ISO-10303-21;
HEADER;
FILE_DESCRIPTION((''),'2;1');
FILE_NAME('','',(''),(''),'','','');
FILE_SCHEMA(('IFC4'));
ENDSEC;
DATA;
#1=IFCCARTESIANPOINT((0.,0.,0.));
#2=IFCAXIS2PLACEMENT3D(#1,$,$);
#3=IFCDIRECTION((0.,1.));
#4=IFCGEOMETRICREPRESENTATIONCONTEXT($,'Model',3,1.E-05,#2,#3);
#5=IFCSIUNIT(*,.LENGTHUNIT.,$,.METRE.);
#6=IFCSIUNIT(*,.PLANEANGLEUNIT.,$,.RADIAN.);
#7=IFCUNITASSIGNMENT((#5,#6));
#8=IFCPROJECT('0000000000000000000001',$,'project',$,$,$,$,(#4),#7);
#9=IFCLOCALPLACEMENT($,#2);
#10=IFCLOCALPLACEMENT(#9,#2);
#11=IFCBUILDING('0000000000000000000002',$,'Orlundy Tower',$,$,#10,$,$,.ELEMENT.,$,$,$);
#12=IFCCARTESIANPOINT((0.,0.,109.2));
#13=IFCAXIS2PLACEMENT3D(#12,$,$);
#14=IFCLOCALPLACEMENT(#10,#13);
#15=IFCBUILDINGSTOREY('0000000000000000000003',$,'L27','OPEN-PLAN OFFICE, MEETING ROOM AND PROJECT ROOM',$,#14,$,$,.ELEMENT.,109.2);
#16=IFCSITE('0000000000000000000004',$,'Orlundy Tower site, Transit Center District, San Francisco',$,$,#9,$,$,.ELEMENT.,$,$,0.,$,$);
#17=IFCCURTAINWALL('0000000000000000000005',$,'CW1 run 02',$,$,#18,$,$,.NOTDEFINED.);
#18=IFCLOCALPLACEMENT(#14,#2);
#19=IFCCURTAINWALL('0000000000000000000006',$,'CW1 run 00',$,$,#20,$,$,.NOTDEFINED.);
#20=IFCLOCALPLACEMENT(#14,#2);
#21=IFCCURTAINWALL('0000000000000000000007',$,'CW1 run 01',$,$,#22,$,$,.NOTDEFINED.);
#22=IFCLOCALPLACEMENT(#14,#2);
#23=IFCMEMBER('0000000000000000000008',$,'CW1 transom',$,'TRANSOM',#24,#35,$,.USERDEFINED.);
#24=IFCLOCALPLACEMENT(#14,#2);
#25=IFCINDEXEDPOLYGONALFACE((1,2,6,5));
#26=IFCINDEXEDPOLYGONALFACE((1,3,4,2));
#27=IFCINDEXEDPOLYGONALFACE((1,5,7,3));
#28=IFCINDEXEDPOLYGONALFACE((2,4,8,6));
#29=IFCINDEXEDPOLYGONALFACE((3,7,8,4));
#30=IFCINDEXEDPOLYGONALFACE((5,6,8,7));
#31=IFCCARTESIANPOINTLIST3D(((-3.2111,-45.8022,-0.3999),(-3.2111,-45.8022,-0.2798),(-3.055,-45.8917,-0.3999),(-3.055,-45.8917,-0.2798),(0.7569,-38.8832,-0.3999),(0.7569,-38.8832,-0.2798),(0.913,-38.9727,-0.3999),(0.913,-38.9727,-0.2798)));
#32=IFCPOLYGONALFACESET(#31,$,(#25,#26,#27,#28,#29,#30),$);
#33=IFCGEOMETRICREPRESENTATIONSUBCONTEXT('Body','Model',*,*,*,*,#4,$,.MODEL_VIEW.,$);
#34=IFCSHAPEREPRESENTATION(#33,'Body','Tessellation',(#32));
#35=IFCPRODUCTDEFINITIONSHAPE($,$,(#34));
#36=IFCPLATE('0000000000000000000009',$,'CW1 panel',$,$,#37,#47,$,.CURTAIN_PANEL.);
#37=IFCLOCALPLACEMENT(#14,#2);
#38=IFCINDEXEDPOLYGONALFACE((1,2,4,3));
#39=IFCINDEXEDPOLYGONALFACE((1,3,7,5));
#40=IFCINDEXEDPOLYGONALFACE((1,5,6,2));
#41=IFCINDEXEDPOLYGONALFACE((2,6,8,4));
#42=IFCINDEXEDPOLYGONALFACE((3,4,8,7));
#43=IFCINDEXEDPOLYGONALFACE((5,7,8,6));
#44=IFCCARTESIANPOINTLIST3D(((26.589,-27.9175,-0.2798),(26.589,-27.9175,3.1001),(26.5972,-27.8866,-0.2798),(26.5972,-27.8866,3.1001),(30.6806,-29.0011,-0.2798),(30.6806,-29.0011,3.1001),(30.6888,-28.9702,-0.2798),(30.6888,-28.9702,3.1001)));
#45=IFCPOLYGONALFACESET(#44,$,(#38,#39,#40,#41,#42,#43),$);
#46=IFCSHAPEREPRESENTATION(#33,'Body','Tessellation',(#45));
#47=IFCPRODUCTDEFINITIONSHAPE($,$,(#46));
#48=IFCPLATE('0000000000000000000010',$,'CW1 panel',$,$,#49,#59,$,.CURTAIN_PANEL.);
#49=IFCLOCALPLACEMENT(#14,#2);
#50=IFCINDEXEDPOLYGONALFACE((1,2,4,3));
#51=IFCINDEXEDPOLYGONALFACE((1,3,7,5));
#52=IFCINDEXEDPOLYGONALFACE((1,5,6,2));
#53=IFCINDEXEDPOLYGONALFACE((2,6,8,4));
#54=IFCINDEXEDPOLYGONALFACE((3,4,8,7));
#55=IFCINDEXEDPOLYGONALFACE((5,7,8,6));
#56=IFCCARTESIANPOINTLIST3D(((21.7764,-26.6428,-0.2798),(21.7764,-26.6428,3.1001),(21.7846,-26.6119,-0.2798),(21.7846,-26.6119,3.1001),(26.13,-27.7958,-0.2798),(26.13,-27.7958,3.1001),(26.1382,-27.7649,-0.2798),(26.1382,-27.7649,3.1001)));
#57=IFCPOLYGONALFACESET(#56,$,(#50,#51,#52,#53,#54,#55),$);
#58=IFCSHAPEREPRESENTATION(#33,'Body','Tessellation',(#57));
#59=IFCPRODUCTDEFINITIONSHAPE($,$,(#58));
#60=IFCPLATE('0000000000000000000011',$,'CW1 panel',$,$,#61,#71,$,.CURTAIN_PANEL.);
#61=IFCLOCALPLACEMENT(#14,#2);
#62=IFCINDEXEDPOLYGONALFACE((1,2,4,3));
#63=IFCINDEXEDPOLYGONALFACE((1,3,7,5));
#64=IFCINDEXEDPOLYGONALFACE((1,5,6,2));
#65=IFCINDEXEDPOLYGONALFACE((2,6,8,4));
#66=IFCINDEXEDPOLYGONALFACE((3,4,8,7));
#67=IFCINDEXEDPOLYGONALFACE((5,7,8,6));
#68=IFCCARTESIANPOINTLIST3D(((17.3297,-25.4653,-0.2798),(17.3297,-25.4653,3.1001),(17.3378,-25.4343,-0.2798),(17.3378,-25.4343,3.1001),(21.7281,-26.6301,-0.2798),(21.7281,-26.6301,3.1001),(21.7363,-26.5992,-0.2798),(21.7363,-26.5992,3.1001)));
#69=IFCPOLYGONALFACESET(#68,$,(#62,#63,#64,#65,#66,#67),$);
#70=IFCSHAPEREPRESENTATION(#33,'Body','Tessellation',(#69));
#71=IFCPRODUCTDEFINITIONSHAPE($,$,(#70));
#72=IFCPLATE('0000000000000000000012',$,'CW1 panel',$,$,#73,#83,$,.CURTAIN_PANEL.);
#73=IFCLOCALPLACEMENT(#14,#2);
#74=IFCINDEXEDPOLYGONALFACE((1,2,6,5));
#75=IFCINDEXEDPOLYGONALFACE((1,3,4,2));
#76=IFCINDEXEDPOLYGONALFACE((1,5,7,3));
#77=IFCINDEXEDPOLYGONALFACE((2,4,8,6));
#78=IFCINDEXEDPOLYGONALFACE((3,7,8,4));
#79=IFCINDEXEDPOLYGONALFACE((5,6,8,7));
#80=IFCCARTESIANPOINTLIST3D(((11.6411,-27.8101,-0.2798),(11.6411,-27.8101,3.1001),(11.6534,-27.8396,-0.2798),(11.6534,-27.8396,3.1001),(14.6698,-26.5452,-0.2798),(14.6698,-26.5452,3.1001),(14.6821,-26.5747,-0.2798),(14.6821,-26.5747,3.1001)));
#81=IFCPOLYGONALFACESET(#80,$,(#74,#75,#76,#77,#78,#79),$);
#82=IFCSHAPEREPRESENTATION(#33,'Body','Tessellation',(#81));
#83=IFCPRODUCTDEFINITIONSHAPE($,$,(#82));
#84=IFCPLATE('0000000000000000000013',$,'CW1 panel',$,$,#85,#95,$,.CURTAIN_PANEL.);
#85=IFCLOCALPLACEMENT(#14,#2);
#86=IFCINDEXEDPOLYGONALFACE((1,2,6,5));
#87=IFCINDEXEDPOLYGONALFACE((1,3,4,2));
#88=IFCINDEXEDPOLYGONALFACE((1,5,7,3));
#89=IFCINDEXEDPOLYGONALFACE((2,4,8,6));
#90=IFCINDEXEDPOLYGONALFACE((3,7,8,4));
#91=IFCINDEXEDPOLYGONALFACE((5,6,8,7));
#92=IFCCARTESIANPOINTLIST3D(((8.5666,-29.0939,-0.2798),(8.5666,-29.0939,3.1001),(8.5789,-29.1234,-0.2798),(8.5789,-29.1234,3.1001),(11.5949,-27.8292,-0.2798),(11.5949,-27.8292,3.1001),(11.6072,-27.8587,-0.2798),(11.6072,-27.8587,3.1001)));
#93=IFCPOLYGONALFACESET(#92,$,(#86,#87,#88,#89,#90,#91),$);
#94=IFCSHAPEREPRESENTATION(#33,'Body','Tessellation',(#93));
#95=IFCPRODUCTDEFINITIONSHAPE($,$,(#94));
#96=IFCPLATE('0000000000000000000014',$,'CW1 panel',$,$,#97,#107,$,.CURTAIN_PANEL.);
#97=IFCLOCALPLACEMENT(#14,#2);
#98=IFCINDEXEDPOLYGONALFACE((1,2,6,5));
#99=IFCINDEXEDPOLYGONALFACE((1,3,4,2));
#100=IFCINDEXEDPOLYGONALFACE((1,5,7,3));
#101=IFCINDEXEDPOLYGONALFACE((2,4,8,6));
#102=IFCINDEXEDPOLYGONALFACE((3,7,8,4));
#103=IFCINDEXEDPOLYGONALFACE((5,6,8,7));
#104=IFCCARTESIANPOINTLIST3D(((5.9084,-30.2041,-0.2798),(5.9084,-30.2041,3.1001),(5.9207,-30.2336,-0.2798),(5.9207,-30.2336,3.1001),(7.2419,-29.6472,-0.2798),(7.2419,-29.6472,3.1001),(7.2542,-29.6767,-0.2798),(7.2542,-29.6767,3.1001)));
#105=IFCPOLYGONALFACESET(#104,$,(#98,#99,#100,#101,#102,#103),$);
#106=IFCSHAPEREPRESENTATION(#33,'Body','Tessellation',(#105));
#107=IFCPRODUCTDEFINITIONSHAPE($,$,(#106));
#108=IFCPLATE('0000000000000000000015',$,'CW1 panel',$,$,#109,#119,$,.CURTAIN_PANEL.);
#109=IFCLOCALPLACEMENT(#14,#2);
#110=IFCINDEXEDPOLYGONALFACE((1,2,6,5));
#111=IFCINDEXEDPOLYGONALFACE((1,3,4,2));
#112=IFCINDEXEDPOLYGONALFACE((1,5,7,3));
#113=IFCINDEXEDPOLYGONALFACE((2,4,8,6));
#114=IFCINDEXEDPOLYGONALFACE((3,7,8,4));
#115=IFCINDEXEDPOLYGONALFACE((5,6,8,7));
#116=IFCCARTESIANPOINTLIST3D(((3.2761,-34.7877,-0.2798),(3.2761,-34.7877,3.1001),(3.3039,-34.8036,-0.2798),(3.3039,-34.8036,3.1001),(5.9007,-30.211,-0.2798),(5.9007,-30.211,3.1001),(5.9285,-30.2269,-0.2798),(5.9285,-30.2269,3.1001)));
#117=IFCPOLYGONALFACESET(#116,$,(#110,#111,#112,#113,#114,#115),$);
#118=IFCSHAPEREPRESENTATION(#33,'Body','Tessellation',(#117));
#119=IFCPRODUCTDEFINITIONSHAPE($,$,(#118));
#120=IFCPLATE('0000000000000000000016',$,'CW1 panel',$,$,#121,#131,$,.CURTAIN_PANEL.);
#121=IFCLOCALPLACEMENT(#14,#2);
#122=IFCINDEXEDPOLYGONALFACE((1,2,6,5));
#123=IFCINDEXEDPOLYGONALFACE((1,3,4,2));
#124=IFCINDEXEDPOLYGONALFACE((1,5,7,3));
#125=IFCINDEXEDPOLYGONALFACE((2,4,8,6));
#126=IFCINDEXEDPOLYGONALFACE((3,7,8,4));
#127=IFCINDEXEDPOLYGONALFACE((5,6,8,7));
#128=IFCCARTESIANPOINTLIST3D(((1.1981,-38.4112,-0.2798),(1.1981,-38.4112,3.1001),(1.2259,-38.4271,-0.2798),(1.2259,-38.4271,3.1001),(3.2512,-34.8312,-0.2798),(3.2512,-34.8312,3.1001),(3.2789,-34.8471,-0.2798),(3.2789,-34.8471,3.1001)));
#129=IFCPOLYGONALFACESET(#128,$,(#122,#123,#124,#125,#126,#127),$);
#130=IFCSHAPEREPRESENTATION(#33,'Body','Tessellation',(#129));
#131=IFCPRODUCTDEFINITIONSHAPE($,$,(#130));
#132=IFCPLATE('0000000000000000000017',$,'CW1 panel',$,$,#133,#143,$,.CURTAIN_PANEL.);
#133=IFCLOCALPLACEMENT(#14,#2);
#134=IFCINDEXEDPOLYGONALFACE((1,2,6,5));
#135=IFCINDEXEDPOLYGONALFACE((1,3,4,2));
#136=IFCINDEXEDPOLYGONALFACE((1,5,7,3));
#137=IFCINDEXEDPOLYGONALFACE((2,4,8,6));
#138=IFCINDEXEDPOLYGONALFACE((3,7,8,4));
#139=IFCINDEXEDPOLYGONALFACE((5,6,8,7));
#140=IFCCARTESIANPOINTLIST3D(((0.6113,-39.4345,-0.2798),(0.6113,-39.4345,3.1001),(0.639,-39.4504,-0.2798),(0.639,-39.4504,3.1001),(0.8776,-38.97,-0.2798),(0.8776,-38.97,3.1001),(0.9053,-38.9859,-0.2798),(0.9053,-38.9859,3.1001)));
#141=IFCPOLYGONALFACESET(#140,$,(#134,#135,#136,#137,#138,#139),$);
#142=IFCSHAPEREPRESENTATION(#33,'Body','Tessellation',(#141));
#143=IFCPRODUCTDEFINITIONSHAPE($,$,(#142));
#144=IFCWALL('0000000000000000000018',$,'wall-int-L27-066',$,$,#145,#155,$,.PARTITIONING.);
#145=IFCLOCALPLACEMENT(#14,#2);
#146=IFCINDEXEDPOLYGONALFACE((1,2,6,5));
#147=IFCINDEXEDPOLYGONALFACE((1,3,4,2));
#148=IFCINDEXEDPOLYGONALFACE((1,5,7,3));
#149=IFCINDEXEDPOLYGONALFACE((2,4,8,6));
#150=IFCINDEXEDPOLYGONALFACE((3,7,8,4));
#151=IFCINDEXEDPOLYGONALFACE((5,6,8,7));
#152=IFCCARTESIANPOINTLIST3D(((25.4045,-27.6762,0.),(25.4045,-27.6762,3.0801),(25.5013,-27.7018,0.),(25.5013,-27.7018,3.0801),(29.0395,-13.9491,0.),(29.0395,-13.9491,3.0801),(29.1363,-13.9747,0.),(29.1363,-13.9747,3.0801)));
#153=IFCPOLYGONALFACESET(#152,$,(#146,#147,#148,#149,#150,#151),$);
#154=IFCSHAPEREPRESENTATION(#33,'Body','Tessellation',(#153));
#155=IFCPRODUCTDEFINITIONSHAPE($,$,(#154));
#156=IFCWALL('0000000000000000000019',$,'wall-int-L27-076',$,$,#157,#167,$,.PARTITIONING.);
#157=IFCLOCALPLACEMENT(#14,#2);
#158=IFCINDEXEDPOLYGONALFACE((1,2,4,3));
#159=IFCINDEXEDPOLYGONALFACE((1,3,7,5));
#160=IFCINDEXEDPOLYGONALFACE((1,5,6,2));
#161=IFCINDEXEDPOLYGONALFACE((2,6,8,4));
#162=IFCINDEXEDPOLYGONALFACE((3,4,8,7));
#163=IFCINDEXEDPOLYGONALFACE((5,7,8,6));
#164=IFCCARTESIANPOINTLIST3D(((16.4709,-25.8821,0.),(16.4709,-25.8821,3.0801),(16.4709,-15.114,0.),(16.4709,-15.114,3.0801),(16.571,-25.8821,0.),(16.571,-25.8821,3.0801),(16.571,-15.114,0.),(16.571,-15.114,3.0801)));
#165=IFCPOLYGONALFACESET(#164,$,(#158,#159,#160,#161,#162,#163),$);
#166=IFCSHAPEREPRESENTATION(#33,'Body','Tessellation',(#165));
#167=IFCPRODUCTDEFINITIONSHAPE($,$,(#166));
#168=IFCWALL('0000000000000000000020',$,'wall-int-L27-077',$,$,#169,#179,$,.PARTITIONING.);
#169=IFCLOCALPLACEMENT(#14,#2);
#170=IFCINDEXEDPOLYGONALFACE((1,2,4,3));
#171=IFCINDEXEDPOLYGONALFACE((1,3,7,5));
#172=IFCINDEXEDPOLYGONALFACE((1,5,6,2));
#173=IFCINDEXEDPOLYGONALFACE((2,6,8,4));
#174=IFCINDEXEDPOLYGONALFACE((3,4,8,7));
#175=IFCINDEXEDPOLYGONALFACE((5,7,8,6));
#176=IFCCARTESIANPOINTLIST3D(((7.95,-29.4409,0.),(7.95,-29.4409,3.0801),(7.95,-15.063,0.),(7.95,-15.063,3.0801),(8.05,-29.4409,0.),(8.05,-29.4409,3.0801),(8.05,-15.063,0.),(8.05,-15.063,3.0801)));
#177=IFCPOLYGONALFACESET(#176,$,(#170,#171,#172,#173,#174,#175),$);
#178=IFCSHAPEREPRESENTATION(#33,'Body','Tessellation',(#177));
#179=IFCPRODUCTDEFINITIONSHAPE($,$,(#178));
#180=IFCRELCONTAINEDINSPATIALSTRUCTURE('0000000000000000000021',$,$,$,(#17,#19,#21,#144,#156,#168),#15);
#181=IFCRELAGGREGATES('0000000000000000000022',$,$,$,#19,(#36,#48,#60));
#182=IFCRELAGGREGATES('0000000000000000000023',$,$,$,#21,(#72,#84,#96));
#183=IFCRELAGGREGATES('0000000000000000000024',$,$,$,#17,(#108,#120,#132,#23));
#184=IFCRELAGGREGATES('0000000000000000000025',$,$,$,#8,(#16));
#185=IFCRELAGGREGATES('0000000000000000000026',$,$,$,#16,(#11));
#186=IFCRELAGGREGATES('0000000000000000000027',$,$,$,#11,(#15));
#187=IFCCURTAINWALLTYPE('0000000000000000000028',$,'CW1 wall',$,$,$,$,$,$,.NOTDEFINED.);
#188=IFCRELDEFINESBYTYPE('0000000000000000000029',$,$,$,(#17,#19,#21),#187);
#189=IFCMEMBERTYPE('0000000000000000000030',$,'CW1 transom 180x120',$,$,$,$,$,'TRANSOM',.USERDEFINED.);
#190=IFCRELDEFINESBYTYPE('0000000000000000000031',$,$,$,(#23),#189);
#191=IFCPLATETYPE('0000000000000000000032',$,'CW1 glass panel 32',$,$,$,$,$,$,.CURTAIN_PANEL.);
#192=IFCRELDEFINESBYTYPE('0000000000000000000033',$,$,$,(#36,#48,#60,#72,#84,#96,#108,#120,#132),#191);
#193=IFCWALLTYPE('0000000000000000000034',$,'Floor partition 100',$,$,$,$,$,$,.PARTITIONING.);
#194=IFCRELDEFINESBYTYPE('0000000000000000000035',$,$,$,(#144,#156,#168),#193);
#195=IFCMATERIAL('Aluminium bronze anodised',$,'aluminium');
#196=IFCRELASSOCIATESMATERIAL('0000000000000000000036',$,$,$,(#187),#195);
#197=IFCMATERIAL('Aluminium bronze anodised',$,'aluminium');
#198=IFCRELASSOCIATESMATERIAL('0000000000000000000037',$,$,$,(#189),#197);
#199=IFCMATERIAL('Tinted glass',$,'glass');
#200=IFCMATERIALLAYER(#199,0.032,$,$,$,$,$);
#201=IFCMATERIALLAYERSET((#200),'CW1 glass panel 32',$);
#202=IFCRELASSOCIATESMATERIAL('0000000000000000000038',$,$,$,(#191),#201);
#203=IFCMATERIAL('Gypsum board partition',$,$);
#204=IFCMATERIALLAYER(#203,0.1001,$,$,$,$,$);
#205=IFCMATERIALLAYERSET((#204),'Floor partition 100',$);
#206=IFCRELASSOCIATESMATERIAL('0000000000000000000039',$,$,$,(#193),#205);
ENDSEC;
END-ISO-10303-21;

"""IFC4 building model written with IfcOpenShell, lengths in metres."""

from ifc_helpers import new_model, si_unit, direction, frame, frame_2d, origin, origin_2d, place, context, subcontext, project, spatial, rectangle, extrude, material, layer, layer_set, material_profile, profile_set, type_object, element, aggregate, save


model = new_model("IFC4")

# Units and contexts
model_context = context("Model", 3, precision=1e-05, world=origin(), true_north=direction((0.0, 1.0)))
body_context = subcontext(model_context, "Body", "Model", "MODEL_VIEW")
ifc_project = project(units=[si_unit("LENGTHUNIT", "METRE"), si_unit("PLANEANGLEUNIT", "RADIAN")], contexts=[model_context])

# Site, building, storey
site_placement = place(None, origin())
site = spatial("IfcSite", under=ifc_project, at=site_placement, Name="Orlundy Tower site, Transit Center District, San Francisco", CompositionType="ELEMENT", RefElevation=0.0)
building_placement = place(site_placement, origin())
building = spatial("IfcBuilding", under=site, at=building_placement, Name="Orlundy Tower", CompositionType="ELEMENT")
storey_placement = place(building_placement, frame((0.0, 0.0, 109.2)))
storey = spatial("IfcBuildingStorey", under=building, at=storey_placement, Name="L27", Description="OPEN-PLAN OFFICE, MEETING ROOM AND PROJECT ROOM", CompositionType="ELEMENT", Elevation=109.2)

# Curtain wall
ifc_material_1 = material(Name="Aluminium bronze anodised", Category="aluminium")
curtain_wall_type = type_object("IfcCurtainWallType", Name="CW1 wall", PredefinedType="NOTDEFINED", material=ifc_material_1)
curtain_wall_1_placement = place(storey_placement, origin())
curtain_wall_1 = element("IfcCurtainWall", 1, at=curtain_wall_1_placement, inside=storey, type_object=curtain_wall_type, Name="CW1 run 02", PredefinedType="NOTDEFINED")

# Curtain wall
curtain_wall_2_placement = place(storey_placement, origin())
curtain_wall_2 = element("IfcCurtainWall", 2, at=curtain_wall_2_placement, inside=storey, type_object=curtain_wall_type, Name="CW1 run 00", PredefinedType="NOTDEFINED")

# Curtain wall
curtain_wall_3_placement = place(storey_placement, origin())
curtain_wall_3 = element("IfcCurtainWall", 3, at=curtain_wall_3_placement, inside=storey, type_object=curtain_wall_type, Name="CW1 run 01", PredefinedType="NOTDEFINED")

# Member
ifc_material_2 = material(Name="Aluminium bronze anodised", Category="aluminium")
ifc_material_profile_1 = material_profile(ifc_material_2, rectangle(XDim=0.1799, YDim=0.1201, at=origin_2d()), Name="CW1 transom 180x120")
ifc_profile_set_1 = profile_set([ifc_material_profile_1], Name="Aluminium bronze anodised")
member_type_1 = type_object("IfcMemberType", Name="CW1 transom 180x120", ElementType="TRANSOM", PredefinedType="USERDEFINED", material=ifc_profile_set_1)
member_1_placement = place(storey_placement, frame((0.835, -38.928, -0.3398), z_axis=(-0.497493, -0.867468, 0.0), x_axis=(0.867468, -0.497493, 0.0)))
member_1 = element("IfcMember", 4, at=member_1_placement, type_object=member_type_1, Name="CW1 transom", ObjectType="TRANSOM", PredefinedType="USERDEFINED", context=body_context, shape_type="SweptSolid", body=[
    extrude(rectangle(XDim=0.1799, YDim=0.1201, at=origin_2d()), origin(), (0.0, 0.0, 1.0), 7.9761),
])

# Plates
ifc_material_3 = material(Name="Tinted glass", Category="glass")
ifc_layer_1 = layer(ifc_material_3, 0.032)
ifc_layer_set_1 = layer_set([ifc_layer_1], Name="CW1 glass panel 32")
plate_type = type_object("IfcPlateType", Name="CW1 glass panel 32", PredefinedType="CURTAIN_PANEL", material=ifc_layer_set_1)
plate_1_placement = place(storey_placement, frame((28.6389, -28.4438, -0.2798), z_axis=(0.0, 0.0, 1.0), x_axis=(-0.966674, 0.256011, 0.0)))
plate_1 = element("IfcPlate", 5, at=plate_1_placement, type_object=plate_type, Name="CW1 panel", PredefinedType="CURTAIN_PANEL", context=body_context, shape_type="SweptSolid", body=[
    extrude(rectangle(XDim=4.2327, YDim=0.032, at=origin_2d()), origin(), (0.0, 0.0, 1.0), 3.3799),
])
plate_2_placement = place(storey_placement, frame((23.9573, -27.2039, -0.2798), z_axis=(0.0, 0.0, 1.0), x_axis=(-0.966674, 0.256011, 0.0)))
plate_2 = element("IfcPlate", 6, at=plate_2_placement, type_object=plate_type, Name="CW1 panel", PredefinedType="CURTAIN_PANEL", context=body_context, shape_type="SweptSolid", body=[
    extrude(rectangle(XDim=4.5037, YDim=0.032, at=origin_2d()), origin(), (0.0, 0.0, 1.0), 3.3799),
])
plate_3_placement = place(storey_placement, frame((19.533, -26.0322, -0.2798), z_axis=(0.0, 0.0, 1.0), x_axis=(-0.966674, 0.256011, 0.0)))
plate_3 = element("IfcPlate", 7, at=plate_3_placement, type_object=plate_type, Name="CW1 panel", PredefinedType="CURTAIN_PANEL", context=body_context, shape_type="SweptSolid", body=[
    extrude(rectangle(XDim=4.55, YDim=0.032, at=origin_2d()), origin(), (0.0, 0.0, 1.0), 3.3799),
])
aggregate(curtain_wall_2, [plate_1, plate_2, plate_3])
plate_4_placement = place(storey_placement, frame((13.1616, -27.1924, -0.2798), z_axis=(0.0, 0.0, 1.0), x_axis=(-0.922759, -0.385377, 0.0)))
plate_4 = element("IfcPlate", 8, at=plate_4_placement, type_object=plate_type, Name="CW1 panel", PredefinedType="CURTAIN_PANEL", context=body_context, shape_type="SweptSolid", body=[
    extrude(rectangle(XDim=3.2822, YDim=0.032, at=origin_2d()), origin(), (0.0, 0.0, 1.0), 3.3799),
])
plate_5_placement = place(storey_placement, frame((10.0869, -28.4763, -0.2798), z_axis=(0.0, 0.0, 1.0), x_axis=(-0.922759, -0.385377, 0.0)))
plate_5 = element("IfcPlate", 9, at=plate_5_placement, type_object=plate_type, Name="CW1 panel", PredefinedType="CURTAIN_PANEL", context=body_context, shape_type="SweptSolid", body=[
    extrude(rectangle(XDim=3.2817, YDim=0.032, at=origin_2d()), origin(), (0.0, 0.0, 1.0), 3.3799),
])
plate_6_placement = place(storey_placement, frame((6.5813, -29.9404, -0.2798), z_axis=(0.0, 0.0, 1.0), x_axis=(-0.922759, -0.385377, 0.0)))
plate_6 = element("IfcPlate", 10, at=plate_6_placement, type_object=plate_type, Name="CW1 panel", PredefinedType="CURTAIN_PANEL", context=body_context, shape_type="SweptSolid", body=[
    extrude(rectangle(XDim=1.4451, YDim=0.032, at=origin_2d()), origin(), (0.0, 0.0, 1.0), 3.3799),
])
aggregate(curtain_wall_3, [plate_4, plate_5, plate_6])
plate_7_placement = place(storey_placement, frame((4.6023, -32.5073, -0.2798), z_axis=(0.0, 0.0, 1.0), x_axis=(-0.497473, -0.867479, 0.0)))
plate_7 = element("IfcPlate", 11, at=plate_7_placement, type_object=plate_type, Name="CW1 panel", PredefinedType="CURTAIN_PANEL", context=body_context, shape_type="SweptSolid", body=[
    extrude(rectangle(XDim=5.2759, YDim=0.032, at=origin_2d()), origin(), (0.0, 0.0, 1.0), 3.3799),
])
plate_8_placement = place(storey_placement, frame((2.2385, -36.6292, -0.2798), z_axis=(0.0, 0.0, 1.0), x_axis=(-0.497473, -0.867479, 0.0)))
plate_8 = element("IfcPlate", 12, at=plate_8_placement, type_object=plate_type, Name="CW1 panel", PredefinedType="CURTAIN_PANEL", context=body_context, shape_type="SweptSolid", body=[
    extrude(rectangle(XDim=4.127, YDim=0.032, at=origin_2d()), origin(), (0.0, 0.0, 1.0), 3.3799),
])
plate_9_placement = place(storey_placement, frame((0.7583, -39.2102, -0.2798), z_axis=(0.0, 0.0, 1.0), x_axis=(-0.497473, -0.867479, 0.0)))
plate_9 = element("IfcPlate", 13, at=plate_9_placement, type_object=plate_type, Name="CW1 panel", PredefinedType="CURTAIN_PANEL", context=body_context, shape_type="SweptSolid", body=[
    extrude(rectangle(XDim=0.5354, YDim=0.032, at=origin_2d()), origin(), (0.0, 0.0, 1.0), 3.3799),
])
aggregate(curtain_wall_1, [plate_7, plate_8, plate_9, member_1])

# Walls
ifc_material_4 = material(Name="Gypsum board partition")
ifc_layer_2 = layer(ifc_material_4, 0.1001)
ifc_layer_set_2 = layer_set([ifc_layer_2], Name="Floor partition 100")
wall_type = type_object("IfcWallType", Name="Floor partition 100", PredefinedType="PARTITIONING", material=ifc_layer_set_2)
wall_1_placement = place(storey_placement, frame((25.4529, -27.689, 0.0), z_axis=(0.0, 0.0, 1.0), x_axis=(0.255983, 0.966681, 0.0)))
element("IfcWall", 14, at=wall_1_placement, inside=storey, type_object=wall_type, Name="wall-int-L27-066", PredefinedType="PARTITIONING", context=body_context, shape_type="SweptSolid", body=[
    extrude(rectangle(XDim=14.2002, YDim=0.1001, at=frame_2d((7.1001, 0.0))), origin(), (0.0, 0.0, 1.0), 3.0801),
])
wall_2_placement = place(storey_placement, frame((16.521, -25.8821, 0.0), z_axis=(0.0, 0.0, 1.0), x_axis=(0.0, 1.0, 0.0)))
element("IfcWall", 15, at=wall_2_placement, inside=storey, type_object=wall_type, Name="wall-int-L27-076", PredefinedType="PARTITIONING", context=body_context, shape_type="SweptSolid", body=[
    extrude(rectangle(XDim=10.7681, YDim=0.1001, at=frame_2d((5.384, 0.0))), origin(), (0.0, 0.0, 1.0), 3.0801),
])
wall_3_placement = place(storey_placement, frame((8.0, -29.4409, 0.0), z_axis=(0.0, 0.0, 1.0), x_axis=(0.0, 1.0, 0.0)))
element("IfcWall", 16, at=wall_3_placement, inside=storey, type_object=wall_type, Name="wall-int-L27-077", PredefinedType="PARTITIONING", context=body_context, shape_type="SweptSolid", body=[
    extrude(rectangle(XDim=14.3779, YDim=0.1001, at=frame_2d((7.189, 0.0))), origin(), (0.0, 0.0, 1.0), 3.0801),
])

save(model, "model.ifc")
